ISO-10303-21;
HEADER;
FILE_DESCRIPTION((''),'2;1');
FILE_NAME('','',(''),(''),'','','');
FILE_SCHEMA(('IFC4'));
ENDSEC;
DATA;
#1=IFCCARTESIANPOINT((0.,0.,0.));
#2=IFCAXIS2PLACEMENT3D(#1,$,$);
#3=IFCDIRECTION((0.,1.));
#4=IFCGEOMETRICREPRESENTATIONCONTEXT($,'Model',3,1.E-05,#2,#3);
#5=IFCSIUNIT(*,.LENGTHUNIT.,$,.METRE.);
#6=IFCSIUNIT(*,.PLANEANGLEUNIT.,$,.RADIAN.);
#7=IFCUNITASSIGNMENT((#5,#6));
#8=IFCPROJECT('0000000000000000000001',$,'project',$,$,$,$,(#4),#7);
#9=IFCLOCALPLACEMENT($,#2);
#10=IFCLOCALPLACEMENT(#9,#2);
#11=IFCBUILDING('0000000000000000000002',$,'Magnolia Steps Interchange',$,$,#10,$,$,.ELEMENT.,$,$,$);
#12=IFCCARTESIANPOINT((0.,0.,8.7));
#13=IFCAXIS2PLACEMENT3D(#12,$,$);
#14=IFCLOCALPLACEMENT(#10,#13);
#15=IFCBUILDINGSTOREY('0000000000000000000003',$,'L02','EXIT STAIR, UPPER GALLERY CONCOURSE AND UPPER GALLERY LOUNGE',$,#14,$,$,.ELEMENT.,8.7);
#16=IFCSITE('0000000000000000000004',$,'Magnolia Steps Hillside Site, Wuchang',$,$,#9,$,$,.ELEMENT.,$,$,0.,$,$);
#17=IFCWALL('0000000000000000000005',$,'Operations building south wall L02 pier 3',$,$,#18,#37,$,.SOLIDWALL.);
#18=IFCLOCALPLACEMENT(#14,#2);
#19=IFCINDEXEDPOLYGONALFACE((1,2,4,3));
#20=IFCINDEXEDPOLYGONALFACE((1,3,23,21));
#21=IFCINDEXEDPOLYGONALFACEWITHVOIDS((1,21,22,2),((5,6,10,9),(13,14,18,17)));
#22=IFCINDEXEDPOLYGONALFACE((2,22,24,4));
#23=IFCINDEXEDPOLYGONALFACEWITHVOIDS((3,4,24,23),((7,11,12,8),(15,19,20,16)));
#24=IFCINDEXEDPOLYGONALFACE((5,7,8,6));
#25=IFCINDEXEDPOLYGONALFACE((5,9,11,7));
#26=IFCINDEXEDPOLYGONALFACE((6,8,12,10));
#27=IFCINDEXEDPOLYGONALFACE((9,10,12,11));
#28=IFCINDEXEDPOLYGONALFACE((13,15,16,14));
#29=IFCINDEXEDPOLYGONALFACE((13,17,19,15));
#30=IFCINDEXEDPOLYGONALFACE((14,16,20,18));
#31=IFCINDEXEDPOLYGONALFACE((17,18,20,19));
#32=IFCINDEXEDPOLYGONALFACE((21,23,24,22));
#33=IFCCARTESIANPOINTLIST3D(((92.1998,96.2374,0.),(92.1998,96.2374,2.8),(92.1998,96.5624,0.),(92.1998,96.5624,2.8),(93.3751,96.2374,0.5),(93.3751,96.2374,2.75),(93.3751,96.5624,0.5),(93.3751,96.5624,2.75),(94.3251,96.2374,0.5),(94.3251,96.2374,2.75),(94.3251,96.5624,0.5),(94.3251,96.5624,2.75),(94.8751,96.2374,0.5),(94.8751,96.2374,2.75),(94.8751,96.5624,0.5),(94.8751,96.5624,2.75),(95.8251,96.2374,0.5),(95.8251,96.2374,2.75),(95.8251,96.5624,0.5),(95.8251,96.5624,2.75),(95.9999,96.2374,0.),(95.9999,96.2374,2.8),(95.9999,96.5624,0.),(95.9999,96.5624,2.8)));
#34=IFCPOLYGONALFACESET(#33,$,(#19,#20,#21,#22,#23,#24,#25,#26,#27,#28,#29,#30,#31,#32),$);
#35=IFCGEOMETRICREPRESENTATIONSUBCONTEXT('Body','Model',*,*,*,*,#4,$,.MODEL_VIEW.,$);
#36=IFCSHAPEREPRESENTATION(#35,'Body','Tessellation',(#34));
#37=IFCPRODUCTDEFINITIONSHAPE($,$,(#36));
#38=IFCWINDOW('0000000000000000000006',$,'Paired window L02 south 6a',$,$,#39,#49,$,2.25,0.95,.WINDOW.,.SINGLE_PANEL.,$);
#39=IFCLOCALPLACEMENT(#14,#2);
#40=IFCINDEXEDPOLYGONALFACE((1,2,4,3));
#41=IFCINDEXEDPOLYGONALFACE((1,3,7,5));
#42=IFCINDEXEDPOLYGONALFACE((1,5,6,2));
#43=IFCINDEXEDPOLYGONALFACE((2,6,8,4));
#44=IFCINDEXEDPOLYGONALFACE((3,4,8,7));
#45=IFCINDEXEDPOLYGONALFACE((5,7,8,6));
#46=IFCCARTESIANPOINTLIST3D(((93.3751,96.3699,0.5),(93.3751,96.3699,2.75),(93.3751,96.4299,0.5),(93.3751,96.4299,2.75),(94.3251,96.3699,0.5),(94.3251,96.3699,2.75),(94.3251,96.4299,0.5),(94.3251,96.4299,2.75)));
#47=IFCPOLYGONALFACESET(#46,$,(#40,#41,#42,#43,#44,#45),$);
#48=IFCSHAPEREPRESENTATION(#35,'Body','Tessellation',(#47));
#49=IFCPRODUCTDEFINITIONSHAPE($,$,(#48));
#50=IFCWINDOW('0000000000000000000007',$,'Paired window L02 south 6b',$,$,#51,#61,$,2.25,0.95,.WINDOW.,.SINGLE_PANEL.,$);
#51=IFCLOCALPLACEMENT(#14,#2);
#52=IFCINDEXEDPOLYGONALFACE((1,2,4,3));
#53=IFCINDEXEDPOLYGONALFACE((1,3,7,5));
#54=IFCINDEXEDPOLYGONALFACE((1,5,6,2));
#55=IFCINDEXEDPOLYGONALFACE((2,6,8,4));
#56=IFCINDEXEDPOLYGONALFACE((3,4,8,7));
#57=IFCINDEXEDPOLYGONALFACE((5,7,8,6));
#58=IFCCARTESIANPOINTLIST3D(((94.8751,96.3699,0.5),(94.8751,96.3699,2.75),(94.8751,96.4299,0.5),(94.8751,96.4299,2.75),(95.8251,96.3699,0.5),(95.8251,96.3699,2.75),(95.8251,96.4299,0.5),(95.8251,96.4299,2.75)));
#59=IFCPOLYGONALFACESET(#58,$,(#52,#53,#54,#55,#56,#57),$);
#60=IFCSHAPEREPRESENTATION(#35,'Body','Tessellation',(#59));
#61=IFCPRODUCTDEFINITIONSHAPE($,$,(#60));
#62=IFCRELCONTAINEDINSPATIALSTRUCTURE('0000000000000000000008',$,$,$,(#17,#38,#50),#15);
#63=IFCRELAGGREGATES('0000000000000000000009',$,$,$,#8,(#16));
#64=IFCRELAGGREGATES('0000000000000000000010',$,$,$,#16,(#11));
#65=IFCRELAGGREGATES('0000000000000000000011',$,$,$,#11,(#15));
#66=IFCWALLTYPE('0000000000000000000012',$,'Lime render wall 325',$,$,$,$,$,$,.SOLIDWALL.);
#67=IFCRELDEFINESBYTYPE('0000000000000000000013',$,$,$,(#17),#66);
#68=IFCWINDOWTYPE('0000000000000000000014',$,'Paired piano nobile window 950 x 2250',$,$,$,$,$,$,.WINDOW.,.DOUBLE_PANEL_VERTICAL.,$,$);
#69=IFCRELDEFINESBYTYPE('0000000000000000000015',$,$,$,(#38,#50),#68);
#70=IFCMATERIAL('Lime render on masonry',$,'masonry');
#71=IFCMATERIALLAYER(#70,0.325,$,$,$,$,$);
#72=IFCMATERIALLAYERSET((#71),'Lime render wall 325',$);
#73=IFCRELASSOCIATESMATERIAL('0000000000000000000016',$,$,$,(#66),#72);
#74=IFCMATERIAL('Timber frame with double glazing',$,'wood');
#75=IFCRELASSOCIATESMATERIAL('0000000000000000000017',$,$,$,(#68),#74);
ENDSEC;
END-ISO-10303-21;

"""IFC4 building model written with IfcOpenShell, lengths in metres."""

from ifc_helpers import new_model, si_unit, direction, frame, frame_2d, origin, place, context, subcontext, project, spatial, rectangle, extrude, material, layer, layer_set, type_object, element, fill, save


model = new_model("IFC4")

# Units and contexts
model_context = context("Model", 3, precision=1e-05, world=origin(), true_north=direction((0.0, 1.0)))
body_context = subcontext(model_context, "Body", "Model", "MODEL_VIEW")
ifc_project = project(units=[si_unit("LENGTHUNIT", "METRE"), si_unit("PLANEANGLEUNIT", "RADIAN")], contexts=[model_context])

# Site, building, storey
site_placement = place(None, origin())
site = spatial("IfcSite", under=ifc_project, at=site_placement, Name="Magnolia Steps Hillside Site, Wuchang", CompositionType="ELEMENT", RefElevation=0.0)
building_placement = place(site_placement, origin())
building = spatial("IfcBuilding", under=site, at=building_placement, Name="Magnolia Steps Interchange", CompositionType="ELEMENT")
storey_placement = place(building_placement, frame((0.0, 0.0, 8.7)))
storey = spatial("IfcBuildingStorey", under=building, at=storey_placement, Name="L02", Description="EXIT STAIR, UPPER GALLERY CONCOURSE AND UPPER GALLERY LOUNGE", CompositionType="ELEMENT", Elevation=8.7)

# Wall, openings, windows
ifc_material_1 = material(Name="Lime render on masonry", Category="masonry")
ifc_layer_1 = layer(ifc_material_1, 0.325)
ifc_layer_set_1 = layer_set([ifc_layer_1], Name="Lime render wall 325")
wall_type_1 = type_object("IfcWallType", Name="Lime render wall 325", PredefinedType="SOLIDWALL", material=ifc_layer_set_1)
wall_1_placement = place(storey_placement, frame((92.2, 96.3999, 0.0), z_axis=(0.0, 0.0, 1.0), x_axis=(1.0, 0.0, 0.0)))
wall_1 = element("IfcWall", 1, at=wall_1_placement, inside=storey, type_object=wall_type_1, Name="Operations building south wall L02 pier 3", PredefinedType="SOLIDWALL", context=body_context, shape_type="SweptSolid", body=[
    extrude(rectangle(XDim=3.8, YDim=0.325, at=frame_2d((1.8999, 0.0))), origin(), (0.0, 0.0, 1.0), 2.8),
])
opening_1_placement = place(wall_1_placement, frame((1.175, 0.0, 0.5)))
opening_1 = element("IfcOpeningElement", 2, at=opening_1_placement, cuts=wall_1, PredefinedType="OPENING", context=body_context, shape_type="SweptSolid", body=[
    extrude(rectangle(XDim=0.95, YDim=2.25, at=frame_2d((0.4751, 1.125))), frame((0.0, 0.1724, 0.0), z_axis=(0.0, -1.0, 0.0), x_axis=(1.0, 0.0, 0.0)), (0.0, 0.0, 1.0), 0.345),
])
opening_2_placement = place(wall_1_placement, frame((2.675, 0.0, 0.5)))
opening_2 = element("IfcOpeningElement", 3, at=opening_2_placement, cuts=wall_1, PredefinedType="OPENING", context=body_context, shape_type="SweptSolid", body=[
    extrude(rectangle(XDim=0.95, YDim=2.25, at=frame_2d((0.4751, 1.125))), frame((0.0, 0.1724, 0.0), z_axis=(0.0, -1.0, 0.0), x_axis=(1.0, 0.0, 0.0)), (0.0, 0.0, 1.0), 0.345),
])
ifc_material_2 = material(Name="Timber frame with double glazing", Category="wood")
window_type = type_object("IfcWindowType", Name="Paired piano nobile window 950 x 2250", PartitioningType="DOUBLE_PANEL_VERTICAL", PredefinedType="WINDOW", material=ifc_material_2)
window_1_placement = place(opening_1_placement, origin())
window_1 = element("IfcWindow", 4, at=window_1_placement, inside=storey, type_object=window_type, Name="Paired window L02 south 6a", OverallHeight=2.25, OverallWidth=0.95, PartitioningType="SINGLE_PANEL", PredefinedType="WINDOW", context=body_context, shape_type="SweptSolid", body=[
    extrude(rectangle(XDim=0.95, YDim=2.25, at=frame_2d((0.4751, 1.125))), frame((0.0, 0.03, 0.0), z_axis=(0.0, -1.0, 0.0), x_axis=(1.0, 0.0, 0.0)), (0.0, 0.0, 1.0), 0.0601),
])
fill(opening_1, window_1)
window_2_placement = place(opening_2_placement, origin())
window_2 = element("IfcWindow", 5, at=window_2_placement, inside=storey, type_object=window_type, Name="Paired window L02 south 6b", OverallHeight=2.25, OverallWidth=0.95, PartitioningType="SINGLE_PANEL", PredefinedType="WINDOW", context=body_context, shape_type="SweptSolid", body=[
    extrude(rectangle(XDim=0.95, YDim=2.25, at=frame_2d((0.4751, 1.125))), frame((0.0, 0.03, 0.0), z_axis=(0.0, -1.0, 0.0), x_axis=(1.0, 0.0, 0.0)), (0.0, 0.0, 1.0), 0.0601),
])
fill(opening_2, window_2)

save(model, "model.ifc")
